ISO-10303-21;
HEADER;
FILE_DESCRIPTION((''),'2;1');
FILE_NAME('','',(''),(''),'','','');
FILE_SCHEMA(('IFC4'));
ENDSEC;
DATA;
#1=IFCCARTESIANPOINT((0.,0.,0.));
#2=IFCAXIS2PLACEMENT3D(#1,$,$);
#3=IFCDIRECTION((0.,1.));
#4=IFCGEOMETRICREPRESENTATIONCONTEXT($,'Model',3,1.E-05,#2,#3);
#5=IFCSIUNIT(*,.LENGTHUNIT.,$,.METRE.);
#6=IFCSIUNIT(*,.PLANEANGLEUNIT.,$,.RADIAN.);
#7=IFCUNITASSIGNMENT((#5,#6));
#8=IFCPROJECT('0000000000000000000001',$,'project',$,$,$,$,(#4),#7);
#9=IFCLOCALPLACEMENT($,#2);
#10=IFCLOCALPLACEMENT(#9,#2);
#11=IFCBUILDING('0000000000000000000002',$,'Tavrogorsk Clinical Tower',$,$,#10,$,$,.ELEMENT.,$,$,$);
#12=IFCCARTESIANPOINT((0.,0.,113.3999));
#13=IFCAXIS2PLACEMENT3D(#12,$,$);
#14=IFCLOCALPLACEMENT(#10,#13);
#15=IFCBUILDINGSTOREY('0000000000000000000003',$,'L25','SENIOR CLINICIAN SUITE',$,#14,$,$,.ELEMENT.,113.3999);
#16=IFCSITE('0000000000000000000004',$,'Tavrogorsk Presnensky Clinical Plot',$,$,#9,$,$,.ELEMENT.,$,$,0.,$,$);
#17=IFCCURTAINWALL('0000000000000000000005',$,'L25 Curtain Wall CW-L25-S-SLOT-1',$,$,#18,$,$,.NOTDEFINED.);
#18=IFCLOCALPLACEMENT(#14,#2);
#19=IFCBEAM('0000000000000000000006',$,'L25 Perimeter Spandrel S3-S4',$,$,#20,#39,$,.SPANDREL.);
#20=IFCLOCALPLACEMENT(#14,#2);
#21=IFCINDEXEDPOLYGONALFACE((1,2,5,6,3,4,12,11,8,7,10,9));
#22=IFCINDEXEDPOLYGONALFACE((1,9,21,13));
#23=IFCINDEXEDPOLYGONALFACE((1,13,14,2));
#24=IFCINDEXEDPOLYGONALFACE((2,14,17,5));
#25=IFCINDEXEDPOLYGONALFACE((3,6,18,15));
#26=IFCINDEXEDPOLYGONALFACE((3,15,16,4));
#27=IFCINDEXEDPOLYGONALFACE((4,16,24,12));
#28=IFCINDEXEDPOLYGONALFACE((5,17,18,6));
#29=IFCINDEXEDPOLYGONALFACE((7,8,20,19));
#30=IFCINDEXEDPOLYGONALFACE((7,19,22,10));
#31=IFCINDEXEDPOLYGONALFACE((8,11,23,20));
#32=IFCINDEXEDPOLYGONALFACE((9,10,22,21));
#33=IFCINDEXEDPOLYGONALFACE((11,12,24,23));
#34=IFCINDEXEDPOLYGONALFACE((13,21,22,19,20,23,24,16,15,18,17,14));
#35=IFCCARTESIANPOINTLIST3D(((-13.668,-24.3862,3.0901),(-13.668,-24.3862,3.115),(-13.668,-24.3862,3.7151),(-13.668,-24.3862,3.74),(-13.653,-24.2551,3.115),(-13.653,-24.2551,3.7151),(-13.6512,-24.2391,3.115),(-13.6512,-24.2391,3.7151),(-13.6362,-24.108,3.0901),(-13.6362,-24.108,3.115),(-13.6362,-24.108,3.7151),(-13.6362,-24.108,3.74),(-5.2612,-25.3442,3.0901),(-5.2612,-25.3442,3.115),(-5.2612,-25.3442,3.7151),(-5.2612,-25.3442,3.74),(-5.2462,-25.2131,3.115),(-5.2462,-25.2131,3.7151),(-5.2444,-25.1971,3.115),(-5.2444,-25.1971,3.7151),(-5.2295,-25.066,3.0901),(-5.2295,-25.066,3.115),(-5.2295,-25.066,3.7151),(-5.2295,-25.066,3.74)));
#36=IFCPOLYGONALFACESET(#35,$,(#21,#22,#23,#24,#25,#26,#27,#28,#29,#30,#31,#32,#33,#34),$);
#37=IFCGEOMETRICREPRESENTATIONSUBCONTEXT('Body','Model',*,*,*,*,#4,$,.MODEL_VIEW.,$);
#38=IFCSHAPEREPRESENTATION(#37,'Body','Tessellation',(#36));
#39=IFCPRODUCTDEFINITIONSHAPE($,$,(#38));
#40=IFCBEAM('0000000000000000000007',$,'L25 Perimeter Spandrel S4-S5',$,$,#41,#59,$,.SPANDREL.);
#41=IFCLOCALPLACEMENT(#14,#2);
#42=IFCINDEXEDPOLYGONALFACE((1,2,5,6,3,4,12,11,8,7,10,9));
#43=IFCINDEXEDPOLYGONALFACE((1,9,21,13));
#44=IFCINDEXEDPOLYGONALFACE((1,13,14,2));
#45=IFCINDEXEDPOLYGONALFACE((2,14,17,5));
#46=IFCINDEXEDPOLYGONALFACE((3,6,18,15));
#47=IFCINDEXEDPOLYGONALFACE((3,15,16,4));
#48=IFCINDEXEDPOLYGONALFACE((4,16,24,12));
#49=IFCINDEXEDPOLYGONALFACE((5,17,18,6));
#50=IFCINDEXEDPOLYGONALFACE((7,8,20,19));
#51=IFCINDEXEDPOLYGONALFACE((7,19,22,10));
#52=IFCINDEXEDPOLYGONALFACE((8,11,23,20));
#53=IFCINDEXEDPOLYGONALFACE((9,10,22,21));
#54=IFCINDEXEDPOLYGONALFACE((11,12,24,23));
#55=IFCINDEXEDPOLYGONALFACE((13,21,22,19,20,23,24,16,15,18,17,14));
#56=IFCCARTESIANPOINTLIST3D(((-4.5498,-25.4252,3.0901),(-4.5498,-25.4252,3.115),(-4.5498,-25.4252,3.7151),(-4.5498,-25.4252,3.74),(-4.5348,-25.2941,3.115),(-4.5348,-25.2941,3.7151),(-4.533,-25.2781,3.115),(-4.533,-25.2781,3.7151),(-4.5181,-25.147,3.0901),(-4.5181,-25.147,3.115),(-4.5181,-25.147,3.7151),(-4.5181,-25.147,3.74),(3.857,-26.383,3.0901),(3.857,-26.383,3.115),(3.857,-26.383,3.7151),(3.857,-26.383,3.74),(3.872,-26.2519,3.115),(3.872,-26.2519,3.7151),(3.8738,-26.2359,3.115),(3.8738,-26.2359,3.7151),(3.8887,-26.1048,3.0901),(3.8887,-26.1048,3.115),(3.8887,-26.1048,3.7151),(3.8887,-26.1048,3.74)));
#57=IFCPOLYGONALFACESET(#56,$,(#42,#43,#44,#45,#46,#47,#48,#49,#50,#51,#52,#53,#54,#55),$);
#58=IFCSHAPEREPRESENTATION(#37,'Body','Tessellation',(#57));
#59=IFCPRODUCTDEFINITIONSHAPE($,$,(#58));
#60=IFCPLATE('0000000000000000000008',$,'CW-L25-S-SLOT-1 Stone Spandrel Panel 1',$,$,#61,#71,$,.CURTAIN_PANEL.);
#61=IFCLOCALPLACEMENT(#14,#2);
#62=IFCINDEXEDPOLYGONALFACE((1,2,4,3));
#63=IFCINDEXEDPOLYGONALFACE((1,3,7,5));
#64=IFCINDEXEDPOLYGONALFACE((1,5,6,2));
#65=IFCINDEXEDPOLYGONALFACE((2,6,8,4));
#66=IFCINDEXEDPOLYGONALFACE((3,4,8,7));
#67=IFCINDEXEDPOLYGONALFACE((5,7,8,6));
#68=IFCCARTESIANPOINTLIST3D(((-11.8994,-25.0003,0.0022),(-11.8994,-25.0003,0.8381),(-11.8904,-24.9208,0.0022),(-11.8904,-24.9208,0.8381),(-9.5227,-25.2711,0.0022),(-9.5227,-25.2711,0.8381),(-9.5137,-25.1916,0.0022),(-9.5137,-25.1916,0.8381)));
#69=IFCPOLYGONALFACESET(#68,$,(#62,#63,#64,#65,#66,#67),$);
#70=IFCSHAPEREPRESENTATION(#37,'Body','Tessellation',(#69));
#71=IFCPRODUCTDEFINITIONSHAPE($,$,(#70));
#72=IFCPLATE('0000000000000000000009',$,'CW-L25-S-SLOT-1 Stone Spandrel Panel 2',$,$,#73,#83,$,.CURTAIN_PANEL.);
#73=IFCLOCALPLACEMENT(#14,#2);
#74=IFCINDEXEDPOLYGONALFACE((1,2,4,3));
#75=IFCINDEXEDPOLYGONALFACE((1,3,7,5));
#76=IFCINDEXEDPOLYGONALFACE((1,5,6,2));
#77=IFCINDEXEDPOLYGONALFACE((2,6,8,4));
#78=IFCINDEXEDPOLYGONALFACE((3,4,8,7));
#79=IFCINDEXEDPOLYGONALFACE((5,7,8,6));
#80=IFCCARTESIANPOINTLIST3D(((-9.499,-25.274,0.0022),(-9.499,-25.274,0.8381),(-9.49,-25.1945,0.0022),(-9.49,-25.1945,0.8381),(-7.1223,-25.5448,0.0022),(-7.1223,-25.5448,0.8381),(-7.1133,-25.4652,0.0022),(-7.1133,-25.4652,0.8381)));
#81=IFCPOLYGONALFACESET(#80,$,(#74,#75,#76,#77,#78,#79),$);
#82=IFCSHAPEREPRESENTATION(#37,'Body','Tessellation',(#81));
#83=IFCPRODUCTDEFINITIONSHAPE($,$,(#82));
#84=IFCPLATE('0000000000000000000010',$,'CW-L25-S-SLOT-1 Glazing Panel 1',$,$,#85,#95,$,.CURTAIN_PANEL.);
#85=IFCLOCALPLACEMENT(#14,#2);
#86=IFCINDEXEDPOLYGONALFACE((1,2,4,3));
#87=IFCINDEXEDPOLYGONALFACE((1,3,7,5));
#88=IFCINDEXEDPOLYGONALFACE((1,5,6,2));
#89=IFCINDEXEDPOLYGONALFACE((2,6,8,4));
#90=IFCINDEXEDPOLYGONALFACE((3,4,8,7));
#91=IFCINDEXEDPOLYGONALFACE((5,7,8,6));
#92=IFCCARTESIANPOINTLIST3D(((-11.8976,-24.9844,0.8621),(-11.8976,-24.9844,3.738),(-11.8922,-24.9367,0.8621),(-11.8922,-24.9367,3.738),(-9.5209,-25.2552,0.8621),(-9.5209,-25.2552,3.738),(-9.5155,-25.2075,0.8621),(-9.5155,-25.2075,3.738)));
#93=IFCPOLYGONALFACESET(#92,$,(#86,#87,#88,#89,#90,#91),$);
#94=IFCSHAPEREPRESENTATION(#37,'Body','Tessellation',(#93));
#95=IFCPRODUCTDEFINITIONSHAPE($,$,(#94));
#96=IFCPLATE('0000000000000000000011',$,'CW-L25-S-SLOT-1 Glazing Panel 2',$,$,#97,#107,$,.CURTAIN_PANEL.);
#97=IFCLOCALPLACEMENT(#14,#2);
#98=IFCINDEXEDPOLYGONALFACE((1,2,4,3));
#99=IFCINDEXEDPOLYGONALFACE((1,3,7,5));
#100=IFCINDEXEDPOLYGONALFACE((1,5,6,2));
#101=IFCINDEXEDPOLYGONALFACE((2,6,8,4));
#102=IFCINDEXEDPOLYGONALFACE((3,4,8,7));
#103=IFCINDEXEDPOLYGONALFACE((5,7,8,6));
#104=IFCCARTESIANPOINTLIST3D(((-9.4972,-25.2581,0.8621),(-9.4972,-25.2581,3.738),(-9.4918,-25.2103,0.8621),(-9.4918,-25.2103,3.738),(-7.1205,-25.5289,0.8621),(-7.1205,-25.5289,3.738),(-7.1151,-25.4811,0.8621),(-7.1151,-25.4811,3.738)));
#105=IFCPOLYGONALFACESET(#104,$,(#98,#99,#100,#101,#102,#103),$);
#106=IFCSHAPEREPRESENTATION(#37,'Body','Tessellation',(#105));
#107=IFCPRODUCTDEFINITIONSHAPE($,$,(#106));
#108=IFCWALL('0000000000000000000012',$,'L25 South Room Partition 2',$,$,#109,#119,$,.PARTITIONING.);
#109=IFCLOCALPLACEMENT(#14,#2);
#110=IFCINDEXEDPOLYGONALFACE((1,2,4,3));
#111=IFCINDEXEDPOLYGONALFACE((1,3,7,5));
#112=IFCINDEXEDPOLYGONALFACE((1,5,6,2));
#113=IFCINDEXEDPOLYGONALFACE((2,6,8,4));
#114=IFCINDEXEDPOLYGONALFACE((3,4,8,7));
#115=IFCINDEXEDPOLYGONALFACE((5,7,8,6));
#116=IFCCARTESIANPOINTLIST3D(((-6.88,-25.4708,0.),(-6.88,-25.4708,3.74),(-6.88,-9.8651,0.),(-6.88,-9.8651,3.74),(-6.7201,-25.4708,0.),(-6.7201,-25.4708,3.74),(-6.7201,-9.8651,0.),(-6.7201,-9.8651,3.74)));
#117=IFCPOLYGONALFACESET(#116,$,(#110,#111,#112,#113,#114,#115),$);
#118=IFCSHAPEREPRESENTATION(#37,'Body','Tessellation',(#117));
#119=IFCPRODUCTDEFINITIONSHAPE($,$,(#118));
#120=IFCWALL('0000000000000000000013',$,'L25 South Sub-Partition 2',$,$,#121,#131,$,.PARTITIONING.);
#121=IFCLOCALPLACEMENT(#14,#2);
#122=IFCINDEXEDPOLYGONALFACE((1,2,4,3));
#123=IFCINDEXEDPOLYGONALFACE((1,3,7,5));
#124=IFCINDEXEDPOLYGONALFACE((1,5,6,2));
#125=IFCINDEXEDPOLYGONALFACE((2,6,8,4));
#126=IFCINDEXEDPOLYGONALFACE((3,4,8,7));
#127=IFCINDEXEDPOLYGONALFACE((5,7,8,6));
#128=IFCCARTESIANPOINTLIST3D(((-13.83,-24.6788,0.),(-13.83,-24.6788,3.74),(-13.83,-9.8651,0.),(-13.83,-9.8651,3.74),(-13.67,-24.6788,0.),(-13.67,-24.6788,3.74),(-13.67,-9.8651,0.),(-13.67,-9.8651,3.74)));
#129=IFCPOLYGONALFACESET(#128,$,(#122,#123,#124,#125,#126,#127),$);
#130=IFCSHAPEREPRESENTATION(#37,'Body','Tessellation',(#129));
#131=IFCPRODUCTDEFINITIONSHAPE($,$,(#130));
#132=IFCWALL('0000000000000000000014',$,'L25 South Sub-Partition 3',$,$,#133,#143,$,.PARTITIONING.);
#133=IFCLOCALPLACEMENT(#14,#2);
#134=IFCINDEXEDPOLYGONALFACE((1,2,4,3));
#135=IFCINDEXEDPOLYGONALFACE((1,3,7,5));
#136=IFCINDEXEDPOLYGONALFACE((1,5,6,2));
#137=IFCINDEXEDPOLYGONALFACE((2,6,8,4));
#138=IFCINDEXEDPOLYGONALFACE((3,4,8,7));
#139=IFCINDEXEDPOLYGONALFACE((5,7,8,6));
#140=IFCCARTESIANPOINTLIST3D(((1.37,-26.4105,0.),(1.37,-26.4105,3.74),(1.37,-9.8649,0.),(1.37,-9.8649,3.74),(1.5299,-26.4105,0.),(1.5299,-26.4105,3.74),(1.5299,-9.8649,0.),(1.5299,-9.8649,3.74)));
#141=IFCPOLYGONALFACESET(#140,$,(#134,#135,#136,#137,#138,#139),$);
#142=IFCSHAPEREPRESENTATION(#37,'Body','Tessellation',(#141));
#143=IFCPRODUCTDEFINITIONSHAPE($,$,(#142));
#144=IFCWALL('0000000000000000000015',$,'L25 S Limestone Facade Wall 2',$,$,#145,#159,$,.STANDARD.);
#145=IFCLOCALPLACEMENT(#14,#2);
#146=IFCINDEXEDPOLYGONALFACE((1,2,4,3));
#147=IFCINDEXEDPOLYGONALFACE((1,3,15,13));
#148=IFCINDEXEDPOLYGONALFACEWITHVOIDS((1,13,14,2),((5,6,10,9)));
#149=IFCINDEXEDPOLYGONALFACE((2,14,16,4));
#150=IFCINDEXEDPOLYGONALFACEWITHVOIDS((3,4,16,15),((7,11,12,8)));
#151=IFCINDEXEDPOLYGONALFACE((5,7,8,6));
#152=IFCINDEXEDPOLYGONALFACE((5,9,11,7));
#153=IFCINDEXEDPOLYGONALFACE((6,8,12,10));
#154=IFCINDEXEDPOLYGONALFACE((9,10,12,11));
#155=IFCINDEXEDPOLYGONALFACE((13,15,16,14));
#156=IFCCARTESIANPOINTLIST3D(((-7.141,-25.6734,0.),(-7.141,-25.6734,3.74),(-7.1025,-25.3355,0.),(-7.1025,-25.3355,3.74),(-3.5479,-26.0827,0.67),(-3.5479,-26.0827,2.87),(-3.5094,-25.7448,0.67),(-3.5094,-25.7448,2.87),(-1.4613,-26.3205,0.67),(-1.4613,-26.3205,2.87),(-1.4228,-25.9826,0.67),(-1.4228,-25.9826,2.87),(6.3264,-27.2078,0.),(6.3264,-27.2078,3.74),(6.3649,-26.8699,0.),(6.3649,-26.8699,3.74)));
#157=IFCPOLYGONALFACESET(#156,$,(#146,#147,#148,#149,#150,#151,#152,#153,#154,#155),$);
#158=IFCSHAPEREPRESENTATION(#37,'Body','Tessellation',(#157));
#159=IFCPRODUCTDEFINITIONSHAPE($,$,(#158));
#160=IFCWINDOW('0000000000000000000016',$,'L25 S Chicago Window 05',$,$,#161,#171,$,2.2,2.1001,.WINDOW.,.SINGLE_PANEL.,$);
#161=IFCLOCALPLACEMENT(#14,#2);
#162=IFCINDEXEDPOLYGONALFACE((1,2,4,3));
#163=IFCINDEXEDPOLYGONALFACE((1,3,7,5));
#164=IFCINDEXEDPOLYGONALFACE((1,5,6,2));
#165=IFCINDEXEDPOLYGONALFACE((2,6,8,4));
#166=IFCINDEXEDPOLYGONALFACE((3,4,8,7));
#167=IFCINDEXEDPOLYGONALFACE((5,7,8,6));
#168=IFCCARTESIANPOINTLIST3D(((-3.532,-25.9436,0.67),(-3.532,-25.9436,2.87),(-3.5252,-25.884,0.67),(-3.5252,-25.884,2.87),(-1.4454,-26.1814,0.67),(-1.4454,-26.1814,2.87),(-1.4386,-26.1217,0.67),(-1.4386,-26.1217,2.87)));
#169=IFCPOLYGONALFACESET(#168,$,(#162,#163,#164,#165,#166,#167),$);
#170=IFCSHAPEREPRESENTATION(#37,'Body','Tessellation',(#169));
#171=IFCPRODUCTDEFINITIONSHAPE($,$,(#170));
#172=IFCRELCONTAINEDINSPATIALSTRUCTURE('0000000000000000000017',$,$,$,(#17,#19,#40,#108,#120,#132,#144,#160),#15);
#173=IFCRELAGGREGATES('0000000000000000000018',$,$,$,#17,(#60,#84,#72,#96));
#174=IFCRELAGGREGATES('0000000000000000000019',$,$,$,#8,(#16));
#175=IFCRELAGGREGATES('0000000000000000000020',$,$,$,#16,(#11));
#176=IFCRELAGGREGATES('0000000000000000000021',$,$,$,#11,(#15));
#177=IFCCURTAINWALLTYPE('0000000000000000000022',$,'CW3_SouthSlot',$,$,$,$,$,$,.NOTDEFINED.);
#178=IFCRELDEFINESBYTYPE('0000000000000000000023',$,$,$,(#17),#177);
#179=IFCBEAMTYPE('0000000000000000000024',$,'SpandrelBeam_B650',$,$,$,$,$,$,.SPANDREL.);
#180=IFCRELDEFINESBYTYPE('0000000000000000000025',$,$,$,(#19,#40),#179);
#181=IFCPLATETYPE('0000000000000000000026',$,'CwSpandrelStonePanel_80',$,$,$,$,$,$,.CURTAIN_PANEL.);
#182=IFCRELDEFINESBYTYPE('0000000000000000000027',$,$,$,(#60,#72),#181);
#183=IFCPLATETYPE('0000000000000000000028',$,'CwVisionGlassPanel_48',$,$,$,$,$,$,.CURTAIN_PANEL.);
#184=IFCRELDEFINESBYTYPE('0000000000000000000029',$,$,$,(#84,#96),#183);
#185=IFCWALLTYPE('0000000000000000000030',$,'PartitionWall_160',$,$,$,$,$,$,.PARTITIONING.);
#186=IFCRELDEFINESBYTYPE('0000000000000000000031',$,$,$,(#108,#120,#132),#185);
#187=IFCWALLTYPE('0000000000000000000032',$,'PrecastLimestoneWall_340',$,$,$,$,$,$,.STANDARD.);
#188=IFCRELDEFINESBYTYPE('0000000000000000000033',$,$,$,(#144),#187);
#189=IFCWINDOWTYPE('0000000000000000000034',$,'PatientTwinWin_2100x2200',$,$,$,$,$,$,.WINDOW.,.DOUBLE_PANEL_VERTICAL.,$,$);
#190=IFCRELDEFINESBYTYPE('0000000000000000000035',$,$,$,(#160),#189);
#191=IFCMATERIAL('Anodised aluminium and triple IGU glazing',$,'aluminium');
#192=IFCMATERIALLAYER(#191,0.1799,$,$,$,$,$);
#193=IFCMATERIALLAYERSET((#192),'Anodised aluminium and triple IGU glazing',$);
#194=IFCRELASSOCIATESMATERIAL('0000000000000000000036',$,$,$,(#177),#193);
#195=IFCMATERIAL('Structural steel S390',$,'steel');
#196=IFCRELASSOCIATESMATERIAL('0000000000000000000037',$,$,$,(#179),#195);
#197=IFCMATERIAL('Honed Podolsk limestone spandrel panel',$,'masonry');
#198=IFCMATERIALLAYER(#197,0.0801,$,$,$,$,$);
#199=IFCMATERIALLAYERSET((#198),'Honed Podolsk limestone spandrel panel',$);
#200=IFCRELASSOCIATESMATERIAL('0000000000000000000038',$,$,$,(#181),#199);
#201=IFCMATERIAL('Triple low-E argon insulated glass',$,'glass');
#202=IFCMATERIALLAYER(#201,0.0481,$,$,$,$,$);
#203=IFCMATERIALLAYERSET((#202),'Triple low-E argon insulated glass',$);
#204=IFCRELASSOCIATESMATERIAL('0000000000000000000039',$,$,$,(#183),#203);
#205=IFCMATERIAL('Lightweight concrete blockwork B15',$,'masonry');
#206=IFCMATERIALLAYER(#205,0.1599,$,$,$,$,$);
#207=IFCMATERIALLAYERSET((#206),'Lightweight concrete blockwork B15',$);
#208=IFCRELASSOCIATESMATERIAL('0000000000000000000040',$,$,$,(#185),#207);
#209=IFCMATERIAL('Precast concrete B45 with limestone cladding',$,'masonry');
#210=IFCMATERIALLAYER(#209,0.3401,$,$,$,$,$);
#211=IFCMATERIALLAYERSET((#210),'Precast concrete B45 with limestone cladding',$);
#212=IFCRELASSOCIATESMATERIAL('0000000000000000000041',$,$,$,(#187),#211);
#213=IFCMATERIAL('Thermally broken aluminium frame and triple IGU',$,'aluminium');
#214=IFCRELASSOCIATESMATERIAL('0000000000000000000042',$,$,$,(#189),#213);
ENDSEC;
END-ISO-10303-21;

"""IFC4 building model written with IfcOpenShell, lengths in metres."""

from ifc_helpers import new_model, si_unit, direction, frame, frame_2d, origin, origin_2d, place, context, subcontext, project, spatial, rectangle, i_section, extrude, material, layer, layer_set, material_profile, profile_set, type_object, element, fill, aggregate, save


model = new_model("IFC4")

# Units and contexts
model_context = context("Model", 3, precision=1e-05, world=origin(), true_north=direction((0.0, 1.0)))
body_context = subcontext(model_context, "Body", "Model", "MODEL_VIEW")
ifc_project = project(units=[si_unit("LENGTHUNIT", "METRE"), si_unit("PLANEANGLEUNIT", "RADIAN")], contexts=[model_context])

# Site, building, storey
site_placement = place(None, origin())
site = spatial("IfcSite", under=ifc_project, at=site_placement, Name="Tavrogorsk Presnensky Clinical Plot", CompositionType="ELEMENT", RefElevation=0.0)
building_placement = place(site_placement, origin())
building = spatial("IfcBuilding", under=site, at=building_placement, Name="Tavrogorsk Clinical Tower", CompositionType="ELEMENT")
storey_placement = place(building_placement, frame((0.0, 0.0, 113.3999)))
storey = spatial("IfcBuildingStorey", under=building, at=storey_placement, Name="L25", Description="SENIOR CLINICIAN SUITE", CompositionType="ELEMENT", Elevation=113.3999)

# Curtain wall
ifc_material_1 = material(Name="Anodised aluminium and triple IGU glazing", Category="aluminium")
ifc_layer_1 = layer(ifc_material_1, 0.1799)
ifc_layer_set_1 = layer_set([ifc_layer_1], Name="Anodised aluminium and triple IGU glazing")
curtain_wall_type = type_object("IfcCurtainWallType", Name="CW3_SouthSlot", PredefinedType="NOTDEFINED", material=ifc_layer_set_1)
curtain_wall_placement = place(storey_placement, origin())
curtain_wall = element("IfcCurtainWall", 1, at=curtain_wall_placement, inside=storey, type_object=curtain_wall_type, Name="L25 Curtain Wall CW-L25-S-SLOT-1", PredefinedType="NOTDEFINED")

# Beams
ifc_material_2 = material(Name="Structural steel S390", Category="steel")
ifc_material_profile_1 = material_profile(ifc_material_2, i_section(OverallWidth=0.28, OverallDepth=0.6499, WebThickness=0.0161, FlangeThickness=0.0249, at=origin_2d()), Name="B-650x280x16x25")
ifc_profile_set_1 = profile_set([ifc_material_profile_1], Name="Structural steel S390")
beam_type = type_object("IfcBeamType", Name="SpandrelBeam_B650", PredefinedType="SPANDREL", material=ifc_profile_set_1)
for number, where, z_axis, x_axis, name in (
    (2, (-13.6521, -24.2471, 3.415), (0.993569, -0.113224, 0.0), (0.113224, 0.993569, 0.0), "L25 Perimeter Spandrel S3-S4"),
    (3, (-4.5339, -25.2861, 3.415), (0.993573, -0.113196, 0.0), (0.113196, 0.993573, 0.0), "L25 Perimeter Spandrel S4-S5"),
):
    element("IfcBeam", number, at=place(storey_placement, frame(where, z_axis=z_axis, x_axis=x_axis)), inside=storey, type_object=beam_type, Name=name, PredefinedType="SPANDREL", context=body_context, shape_type="SweptSolid", body=[
        extrude(i_section(OverallWidth=0.28, OverallDepth=0.6499, WebThickness=0.0161, FlangeThickness=0.0249, at=origin_2d()), origin(), (0.0, 0.0, 1.0), 8.4612),
    ])

# Plates
ifc_material_3 = material(Name="Honed Podolsk limestone spandrel panel", Category="masonry")
ifc_layer_2 = layer(ifc_material_3, 0.0801)
ifc_layer_set_2 = layer_set([ifc_layer_2], Name="Honed Podolsk limestone spandrel panel")
plate_type_1 = type_object("IfcPlateType", Name="CwSpandrelStonePanel_80", PredefinedType="CURTAIN_PANEL", material=ifc_layer_set_2)
plate_1_placement = place(storey_placement, frame((-10.7065, -25.0959, 0.0022), z_axis=(0.0, 0.0, 1.0), x_axis=(0.993572, -0.113203, 0.0)))
plate_1 = element("IfcPlate", 4, at=plate_1_placement, type_object=plate_type_1, Name="CW-L25-S-SLOT-1 Stone Spandrel Panel 1", PredefinedType="CURTAIN_PANEL", context=body_context, shape_type="SweptSolid", body=[
    extrude(rectangle(XDim=2.3921, YDim=0.0801, at=origin_2d()), origin(), (0.0, 0.0, 1.0), 0.8359),
])
plate_2_placement = place(storey_placement, frame((-8.3062, -25.3696, 0.0022), z_axis=(0.0, 0.0, 1.0), x_axis=(0.993572, -0.113203, 0.0)))
plate_2 = element("IfcPlate", 5, at=plate_2_placement, type_object=plate_type_1, Name="CW-L25-S-SLOT-1 Stone Spandrel Panel 2", PredefinedType="CURTAIN_PANEL", context=body_context, shape_type="SweptSolid", body=[
    extrude(rectangle(XDim=2.3921, YDim=0.0801, at=origin_2d()), origin(), (0.0, 0.0, 1.0), 0.8359),
])
ifc_material_4 = material(Name="Triple low-E argon insulated glass", Category="glass")
ifc_layer_3 = layer(ifc_material_4, 0.0481)
ifc_layer_set_3 = layer_set([ifc_layer_3], Name="Triple low-E argon insulated glass")
plate_type_2 = type_object("IfcPlateType", Name="CwVisionGlassPanel_48", PredefinedType="CURTAIN_PANEL", material=ifc_layer_set_3)
plate_3_placement = place(storey_placement, frame((-10.7065, -25.0959, 0.8621), z_axis=(0.0, 0.0, 1.0), x_axis=(0.993572, -0.113203, 0.0)))
plate_3 = element("IfcPlate", 6, at=plate_3_placement, type_object=plate_type_2, Name="CW-L25-S-SLOT-1 Glazing Panel 1", PredefinedType="CURTAIN_PANEL", context=body_context, shape_type="SweptSolid", body=[
    extrude(rectangle(XDim=2.3921, YDim=0.0481, at=origin_2d()), origin(), (0.0, 0.0, 1.0), 2.876),
])
plate_4_placement = place(storey_placement, frame((-8.3062, -25.3696, 0.8621), z_axis=(0.0, 0.0, 1.0), x_axis=(0.993572, -0.113203, 0.0)))
plate_4 = element("IfcPlate", 7, at=plate_4_placement, type_object=plate_type_2, Name="CW-L25-S-SLOT-1 Glazing Panel 2", PredefinedType="CURTAIN_PANEL", context=body_context, shape_type="SweptSolid", body=[
    extrude(rectangle(XDim=2.3921, YDim=0.0481, at=origin_2d()), origin(), (0.0, 0.0, 1.0), 2.876),
])
aggregate(curtain_wall, [plate_1, plate_3, plate_2, plate_4])

# Walls
ifc_material_5 = material(Name="Lightweight concrete blockwork B15", Category="masonry")
ifc_layer_4 = layer(ifc_material_5, 0.1599)
ifc_layer_set_4 = layer_set([ifc_layer_4], Name="Lightweight concrete blockwork B15")
wall_type_1 = type_object("IfcWallType", Name="PartitionWall_160", PredefinedType="PARTITIONING", material=ifc_layer_set_4)
wall_1_placement = place(storey_placement, frame((-6.8, -25.4707, 0.0), z_axis=(0.0, 0.0, 1.0), x_axis=(0.0, 1.0, 0.0)))
element("IfcWall", 8, at=wall_1_placement, inside=storey, type_object=wall_type_1, Name="L25 South Room Partition 2", PredefinedType="PARTITIONING", context=body_context, shape_type="SweptSolid", body=[
    extrude(rectangle(XDim=15.6057, YDim=0.1599, at=frame_2d((7.8027, 0.0))), origin(), (0.0, 0.0, 1.0), 3.74),
])
wall_2_placement = place(storey_placement, frame((-13.75, -24.6787, 0.0), z_axis=(0.0, 0.0, 1.0), x_axis=(0.0, 1.0, 0.0)))
element("IfcWall", 9, at=wall_2_placement, inside=storey, type_object=wall_type_1, Name="L25 South Sub-Partition 2", PredefinedType="PARTITIONING", context=body_context, shape_type="SweptSolid", body=[
    extrude(rectangle(XDim=14.8137, YDim=0.1599, at=frame_2d((7.4067, 0.0))), origin(), (0.0, 0.0, 1.0), 3.74),
])
wall_3_placement = place(storey_placement, frame((1.45, -26.4106, 0.0), z_axis=(0.0, 0.0, 1.0), x_axis=(0.0, 1.0, 0.0)))
element("IfcWall", 10, at=wall_3_placement, inside=storey, type_object=wall_type_1, Name="L25 South Sub-Partition 3", PredefinedType="PARTITIONING", context=body_context, shape_type="SweptSolid", body=[
    extrude(rectangle(XDim=16.5457, YDim=0.1599, at=frame_2d((8.2729, 0.0))), origin(), (0.0, 0.0, 1.0), 3.74),
])

# Wall, opening, window
ifc_material_6 = material(Name="Precast concrete B45 with limestone cladding", Category="masonry")
ifc_layer_5 = layer(ifc_material_6, 0.3401)
ifc_layer_set_5 = layer_set([ifc_layer_5], Name="Precast concrete B45 with limestone cladding")
wall_type_2 = type_object("IfcWallType", Name="PrecastLimestoneWall_340", PredefinedType="STANDARD", material=ifc_layer_set_5)
wall_4_placement = place(storey_placement, frame((-7.1218, -25.5044, 0.0), z_axis=(0.0, 0.0, 1.0), x_axis=(0.993572, -0.113205, 0.0)))
wall_4 = element("IfcWall", 11, at=wall_4_placement, inside=storey, type_object=wall_type_2, Name="L25 S Limestone Facade Wall 2", PredefinedType="STANDARD", context=body_context, shape_type="SweptSolid", body=[
    extrude(rectangle(XDim=13.5544, YDim=0.3401, at=frame_2d((6.7773, 0.0))), origin(), (0.0, 0.0, 1.0), 3.74),
])
opening_placement = place(wall_4_placement, frame((3.6165, 0.0, 0.6699)))
opening = element("IfcOpeningElement", 12, at=opening_placement, cuts=wall_4, PredefinedType="OPENING", context=body_context, shape_type="SweptSolid", body=[
    extrude(rectangle(XDim=2.1001, YDim=2.2, at=frame_2d((1.05, 1.1001))), frame((0.0, 0.1799, 0.0), z_axis=(0.0, -1.0, 0.0), x_axis=(1.0, 0.0, 0.0)), (0.0, 0.0, 1.0), 0.3601),
])
ifc_material_7 = material(Name="Thermally broken aluminium frame and triple IGU", Category="aluminium")
window_type = type_object("IfcWindowType", Name="PatientTwinWin_2100x2200", PartitioningType="DOUBLE_PANEL_VERTICAL", PredefinedType="WINDOW", material=ifc_material_7)
window_placement = place(opening_placement, origin())
window = element("IfcWindow", 13, at=window_placement, inside=storey, type_object=window_type, Name="L25 S Chicago Window 05", OverallHeight=2.2, OverallWidth=2.1001, PartitioningType="SINGLE_PANEL", PredefinedType="WINDOW", context=body_context, shape_type="SweptSolid", body=[
    extrude(rectangle(XDim=2.1001, YDim=2.2, at=frame_2d((1.05, 1.1001))), frame((0.0, 0.03, 0.0), z_axis=(0.0, -1.0, 0.0), x_axis=(1.0, 0.0, 0.0)), (0.0, 0.0, 1.0), 0.0601),
])
fill(opening, window)

save(model, "model.ifc")
